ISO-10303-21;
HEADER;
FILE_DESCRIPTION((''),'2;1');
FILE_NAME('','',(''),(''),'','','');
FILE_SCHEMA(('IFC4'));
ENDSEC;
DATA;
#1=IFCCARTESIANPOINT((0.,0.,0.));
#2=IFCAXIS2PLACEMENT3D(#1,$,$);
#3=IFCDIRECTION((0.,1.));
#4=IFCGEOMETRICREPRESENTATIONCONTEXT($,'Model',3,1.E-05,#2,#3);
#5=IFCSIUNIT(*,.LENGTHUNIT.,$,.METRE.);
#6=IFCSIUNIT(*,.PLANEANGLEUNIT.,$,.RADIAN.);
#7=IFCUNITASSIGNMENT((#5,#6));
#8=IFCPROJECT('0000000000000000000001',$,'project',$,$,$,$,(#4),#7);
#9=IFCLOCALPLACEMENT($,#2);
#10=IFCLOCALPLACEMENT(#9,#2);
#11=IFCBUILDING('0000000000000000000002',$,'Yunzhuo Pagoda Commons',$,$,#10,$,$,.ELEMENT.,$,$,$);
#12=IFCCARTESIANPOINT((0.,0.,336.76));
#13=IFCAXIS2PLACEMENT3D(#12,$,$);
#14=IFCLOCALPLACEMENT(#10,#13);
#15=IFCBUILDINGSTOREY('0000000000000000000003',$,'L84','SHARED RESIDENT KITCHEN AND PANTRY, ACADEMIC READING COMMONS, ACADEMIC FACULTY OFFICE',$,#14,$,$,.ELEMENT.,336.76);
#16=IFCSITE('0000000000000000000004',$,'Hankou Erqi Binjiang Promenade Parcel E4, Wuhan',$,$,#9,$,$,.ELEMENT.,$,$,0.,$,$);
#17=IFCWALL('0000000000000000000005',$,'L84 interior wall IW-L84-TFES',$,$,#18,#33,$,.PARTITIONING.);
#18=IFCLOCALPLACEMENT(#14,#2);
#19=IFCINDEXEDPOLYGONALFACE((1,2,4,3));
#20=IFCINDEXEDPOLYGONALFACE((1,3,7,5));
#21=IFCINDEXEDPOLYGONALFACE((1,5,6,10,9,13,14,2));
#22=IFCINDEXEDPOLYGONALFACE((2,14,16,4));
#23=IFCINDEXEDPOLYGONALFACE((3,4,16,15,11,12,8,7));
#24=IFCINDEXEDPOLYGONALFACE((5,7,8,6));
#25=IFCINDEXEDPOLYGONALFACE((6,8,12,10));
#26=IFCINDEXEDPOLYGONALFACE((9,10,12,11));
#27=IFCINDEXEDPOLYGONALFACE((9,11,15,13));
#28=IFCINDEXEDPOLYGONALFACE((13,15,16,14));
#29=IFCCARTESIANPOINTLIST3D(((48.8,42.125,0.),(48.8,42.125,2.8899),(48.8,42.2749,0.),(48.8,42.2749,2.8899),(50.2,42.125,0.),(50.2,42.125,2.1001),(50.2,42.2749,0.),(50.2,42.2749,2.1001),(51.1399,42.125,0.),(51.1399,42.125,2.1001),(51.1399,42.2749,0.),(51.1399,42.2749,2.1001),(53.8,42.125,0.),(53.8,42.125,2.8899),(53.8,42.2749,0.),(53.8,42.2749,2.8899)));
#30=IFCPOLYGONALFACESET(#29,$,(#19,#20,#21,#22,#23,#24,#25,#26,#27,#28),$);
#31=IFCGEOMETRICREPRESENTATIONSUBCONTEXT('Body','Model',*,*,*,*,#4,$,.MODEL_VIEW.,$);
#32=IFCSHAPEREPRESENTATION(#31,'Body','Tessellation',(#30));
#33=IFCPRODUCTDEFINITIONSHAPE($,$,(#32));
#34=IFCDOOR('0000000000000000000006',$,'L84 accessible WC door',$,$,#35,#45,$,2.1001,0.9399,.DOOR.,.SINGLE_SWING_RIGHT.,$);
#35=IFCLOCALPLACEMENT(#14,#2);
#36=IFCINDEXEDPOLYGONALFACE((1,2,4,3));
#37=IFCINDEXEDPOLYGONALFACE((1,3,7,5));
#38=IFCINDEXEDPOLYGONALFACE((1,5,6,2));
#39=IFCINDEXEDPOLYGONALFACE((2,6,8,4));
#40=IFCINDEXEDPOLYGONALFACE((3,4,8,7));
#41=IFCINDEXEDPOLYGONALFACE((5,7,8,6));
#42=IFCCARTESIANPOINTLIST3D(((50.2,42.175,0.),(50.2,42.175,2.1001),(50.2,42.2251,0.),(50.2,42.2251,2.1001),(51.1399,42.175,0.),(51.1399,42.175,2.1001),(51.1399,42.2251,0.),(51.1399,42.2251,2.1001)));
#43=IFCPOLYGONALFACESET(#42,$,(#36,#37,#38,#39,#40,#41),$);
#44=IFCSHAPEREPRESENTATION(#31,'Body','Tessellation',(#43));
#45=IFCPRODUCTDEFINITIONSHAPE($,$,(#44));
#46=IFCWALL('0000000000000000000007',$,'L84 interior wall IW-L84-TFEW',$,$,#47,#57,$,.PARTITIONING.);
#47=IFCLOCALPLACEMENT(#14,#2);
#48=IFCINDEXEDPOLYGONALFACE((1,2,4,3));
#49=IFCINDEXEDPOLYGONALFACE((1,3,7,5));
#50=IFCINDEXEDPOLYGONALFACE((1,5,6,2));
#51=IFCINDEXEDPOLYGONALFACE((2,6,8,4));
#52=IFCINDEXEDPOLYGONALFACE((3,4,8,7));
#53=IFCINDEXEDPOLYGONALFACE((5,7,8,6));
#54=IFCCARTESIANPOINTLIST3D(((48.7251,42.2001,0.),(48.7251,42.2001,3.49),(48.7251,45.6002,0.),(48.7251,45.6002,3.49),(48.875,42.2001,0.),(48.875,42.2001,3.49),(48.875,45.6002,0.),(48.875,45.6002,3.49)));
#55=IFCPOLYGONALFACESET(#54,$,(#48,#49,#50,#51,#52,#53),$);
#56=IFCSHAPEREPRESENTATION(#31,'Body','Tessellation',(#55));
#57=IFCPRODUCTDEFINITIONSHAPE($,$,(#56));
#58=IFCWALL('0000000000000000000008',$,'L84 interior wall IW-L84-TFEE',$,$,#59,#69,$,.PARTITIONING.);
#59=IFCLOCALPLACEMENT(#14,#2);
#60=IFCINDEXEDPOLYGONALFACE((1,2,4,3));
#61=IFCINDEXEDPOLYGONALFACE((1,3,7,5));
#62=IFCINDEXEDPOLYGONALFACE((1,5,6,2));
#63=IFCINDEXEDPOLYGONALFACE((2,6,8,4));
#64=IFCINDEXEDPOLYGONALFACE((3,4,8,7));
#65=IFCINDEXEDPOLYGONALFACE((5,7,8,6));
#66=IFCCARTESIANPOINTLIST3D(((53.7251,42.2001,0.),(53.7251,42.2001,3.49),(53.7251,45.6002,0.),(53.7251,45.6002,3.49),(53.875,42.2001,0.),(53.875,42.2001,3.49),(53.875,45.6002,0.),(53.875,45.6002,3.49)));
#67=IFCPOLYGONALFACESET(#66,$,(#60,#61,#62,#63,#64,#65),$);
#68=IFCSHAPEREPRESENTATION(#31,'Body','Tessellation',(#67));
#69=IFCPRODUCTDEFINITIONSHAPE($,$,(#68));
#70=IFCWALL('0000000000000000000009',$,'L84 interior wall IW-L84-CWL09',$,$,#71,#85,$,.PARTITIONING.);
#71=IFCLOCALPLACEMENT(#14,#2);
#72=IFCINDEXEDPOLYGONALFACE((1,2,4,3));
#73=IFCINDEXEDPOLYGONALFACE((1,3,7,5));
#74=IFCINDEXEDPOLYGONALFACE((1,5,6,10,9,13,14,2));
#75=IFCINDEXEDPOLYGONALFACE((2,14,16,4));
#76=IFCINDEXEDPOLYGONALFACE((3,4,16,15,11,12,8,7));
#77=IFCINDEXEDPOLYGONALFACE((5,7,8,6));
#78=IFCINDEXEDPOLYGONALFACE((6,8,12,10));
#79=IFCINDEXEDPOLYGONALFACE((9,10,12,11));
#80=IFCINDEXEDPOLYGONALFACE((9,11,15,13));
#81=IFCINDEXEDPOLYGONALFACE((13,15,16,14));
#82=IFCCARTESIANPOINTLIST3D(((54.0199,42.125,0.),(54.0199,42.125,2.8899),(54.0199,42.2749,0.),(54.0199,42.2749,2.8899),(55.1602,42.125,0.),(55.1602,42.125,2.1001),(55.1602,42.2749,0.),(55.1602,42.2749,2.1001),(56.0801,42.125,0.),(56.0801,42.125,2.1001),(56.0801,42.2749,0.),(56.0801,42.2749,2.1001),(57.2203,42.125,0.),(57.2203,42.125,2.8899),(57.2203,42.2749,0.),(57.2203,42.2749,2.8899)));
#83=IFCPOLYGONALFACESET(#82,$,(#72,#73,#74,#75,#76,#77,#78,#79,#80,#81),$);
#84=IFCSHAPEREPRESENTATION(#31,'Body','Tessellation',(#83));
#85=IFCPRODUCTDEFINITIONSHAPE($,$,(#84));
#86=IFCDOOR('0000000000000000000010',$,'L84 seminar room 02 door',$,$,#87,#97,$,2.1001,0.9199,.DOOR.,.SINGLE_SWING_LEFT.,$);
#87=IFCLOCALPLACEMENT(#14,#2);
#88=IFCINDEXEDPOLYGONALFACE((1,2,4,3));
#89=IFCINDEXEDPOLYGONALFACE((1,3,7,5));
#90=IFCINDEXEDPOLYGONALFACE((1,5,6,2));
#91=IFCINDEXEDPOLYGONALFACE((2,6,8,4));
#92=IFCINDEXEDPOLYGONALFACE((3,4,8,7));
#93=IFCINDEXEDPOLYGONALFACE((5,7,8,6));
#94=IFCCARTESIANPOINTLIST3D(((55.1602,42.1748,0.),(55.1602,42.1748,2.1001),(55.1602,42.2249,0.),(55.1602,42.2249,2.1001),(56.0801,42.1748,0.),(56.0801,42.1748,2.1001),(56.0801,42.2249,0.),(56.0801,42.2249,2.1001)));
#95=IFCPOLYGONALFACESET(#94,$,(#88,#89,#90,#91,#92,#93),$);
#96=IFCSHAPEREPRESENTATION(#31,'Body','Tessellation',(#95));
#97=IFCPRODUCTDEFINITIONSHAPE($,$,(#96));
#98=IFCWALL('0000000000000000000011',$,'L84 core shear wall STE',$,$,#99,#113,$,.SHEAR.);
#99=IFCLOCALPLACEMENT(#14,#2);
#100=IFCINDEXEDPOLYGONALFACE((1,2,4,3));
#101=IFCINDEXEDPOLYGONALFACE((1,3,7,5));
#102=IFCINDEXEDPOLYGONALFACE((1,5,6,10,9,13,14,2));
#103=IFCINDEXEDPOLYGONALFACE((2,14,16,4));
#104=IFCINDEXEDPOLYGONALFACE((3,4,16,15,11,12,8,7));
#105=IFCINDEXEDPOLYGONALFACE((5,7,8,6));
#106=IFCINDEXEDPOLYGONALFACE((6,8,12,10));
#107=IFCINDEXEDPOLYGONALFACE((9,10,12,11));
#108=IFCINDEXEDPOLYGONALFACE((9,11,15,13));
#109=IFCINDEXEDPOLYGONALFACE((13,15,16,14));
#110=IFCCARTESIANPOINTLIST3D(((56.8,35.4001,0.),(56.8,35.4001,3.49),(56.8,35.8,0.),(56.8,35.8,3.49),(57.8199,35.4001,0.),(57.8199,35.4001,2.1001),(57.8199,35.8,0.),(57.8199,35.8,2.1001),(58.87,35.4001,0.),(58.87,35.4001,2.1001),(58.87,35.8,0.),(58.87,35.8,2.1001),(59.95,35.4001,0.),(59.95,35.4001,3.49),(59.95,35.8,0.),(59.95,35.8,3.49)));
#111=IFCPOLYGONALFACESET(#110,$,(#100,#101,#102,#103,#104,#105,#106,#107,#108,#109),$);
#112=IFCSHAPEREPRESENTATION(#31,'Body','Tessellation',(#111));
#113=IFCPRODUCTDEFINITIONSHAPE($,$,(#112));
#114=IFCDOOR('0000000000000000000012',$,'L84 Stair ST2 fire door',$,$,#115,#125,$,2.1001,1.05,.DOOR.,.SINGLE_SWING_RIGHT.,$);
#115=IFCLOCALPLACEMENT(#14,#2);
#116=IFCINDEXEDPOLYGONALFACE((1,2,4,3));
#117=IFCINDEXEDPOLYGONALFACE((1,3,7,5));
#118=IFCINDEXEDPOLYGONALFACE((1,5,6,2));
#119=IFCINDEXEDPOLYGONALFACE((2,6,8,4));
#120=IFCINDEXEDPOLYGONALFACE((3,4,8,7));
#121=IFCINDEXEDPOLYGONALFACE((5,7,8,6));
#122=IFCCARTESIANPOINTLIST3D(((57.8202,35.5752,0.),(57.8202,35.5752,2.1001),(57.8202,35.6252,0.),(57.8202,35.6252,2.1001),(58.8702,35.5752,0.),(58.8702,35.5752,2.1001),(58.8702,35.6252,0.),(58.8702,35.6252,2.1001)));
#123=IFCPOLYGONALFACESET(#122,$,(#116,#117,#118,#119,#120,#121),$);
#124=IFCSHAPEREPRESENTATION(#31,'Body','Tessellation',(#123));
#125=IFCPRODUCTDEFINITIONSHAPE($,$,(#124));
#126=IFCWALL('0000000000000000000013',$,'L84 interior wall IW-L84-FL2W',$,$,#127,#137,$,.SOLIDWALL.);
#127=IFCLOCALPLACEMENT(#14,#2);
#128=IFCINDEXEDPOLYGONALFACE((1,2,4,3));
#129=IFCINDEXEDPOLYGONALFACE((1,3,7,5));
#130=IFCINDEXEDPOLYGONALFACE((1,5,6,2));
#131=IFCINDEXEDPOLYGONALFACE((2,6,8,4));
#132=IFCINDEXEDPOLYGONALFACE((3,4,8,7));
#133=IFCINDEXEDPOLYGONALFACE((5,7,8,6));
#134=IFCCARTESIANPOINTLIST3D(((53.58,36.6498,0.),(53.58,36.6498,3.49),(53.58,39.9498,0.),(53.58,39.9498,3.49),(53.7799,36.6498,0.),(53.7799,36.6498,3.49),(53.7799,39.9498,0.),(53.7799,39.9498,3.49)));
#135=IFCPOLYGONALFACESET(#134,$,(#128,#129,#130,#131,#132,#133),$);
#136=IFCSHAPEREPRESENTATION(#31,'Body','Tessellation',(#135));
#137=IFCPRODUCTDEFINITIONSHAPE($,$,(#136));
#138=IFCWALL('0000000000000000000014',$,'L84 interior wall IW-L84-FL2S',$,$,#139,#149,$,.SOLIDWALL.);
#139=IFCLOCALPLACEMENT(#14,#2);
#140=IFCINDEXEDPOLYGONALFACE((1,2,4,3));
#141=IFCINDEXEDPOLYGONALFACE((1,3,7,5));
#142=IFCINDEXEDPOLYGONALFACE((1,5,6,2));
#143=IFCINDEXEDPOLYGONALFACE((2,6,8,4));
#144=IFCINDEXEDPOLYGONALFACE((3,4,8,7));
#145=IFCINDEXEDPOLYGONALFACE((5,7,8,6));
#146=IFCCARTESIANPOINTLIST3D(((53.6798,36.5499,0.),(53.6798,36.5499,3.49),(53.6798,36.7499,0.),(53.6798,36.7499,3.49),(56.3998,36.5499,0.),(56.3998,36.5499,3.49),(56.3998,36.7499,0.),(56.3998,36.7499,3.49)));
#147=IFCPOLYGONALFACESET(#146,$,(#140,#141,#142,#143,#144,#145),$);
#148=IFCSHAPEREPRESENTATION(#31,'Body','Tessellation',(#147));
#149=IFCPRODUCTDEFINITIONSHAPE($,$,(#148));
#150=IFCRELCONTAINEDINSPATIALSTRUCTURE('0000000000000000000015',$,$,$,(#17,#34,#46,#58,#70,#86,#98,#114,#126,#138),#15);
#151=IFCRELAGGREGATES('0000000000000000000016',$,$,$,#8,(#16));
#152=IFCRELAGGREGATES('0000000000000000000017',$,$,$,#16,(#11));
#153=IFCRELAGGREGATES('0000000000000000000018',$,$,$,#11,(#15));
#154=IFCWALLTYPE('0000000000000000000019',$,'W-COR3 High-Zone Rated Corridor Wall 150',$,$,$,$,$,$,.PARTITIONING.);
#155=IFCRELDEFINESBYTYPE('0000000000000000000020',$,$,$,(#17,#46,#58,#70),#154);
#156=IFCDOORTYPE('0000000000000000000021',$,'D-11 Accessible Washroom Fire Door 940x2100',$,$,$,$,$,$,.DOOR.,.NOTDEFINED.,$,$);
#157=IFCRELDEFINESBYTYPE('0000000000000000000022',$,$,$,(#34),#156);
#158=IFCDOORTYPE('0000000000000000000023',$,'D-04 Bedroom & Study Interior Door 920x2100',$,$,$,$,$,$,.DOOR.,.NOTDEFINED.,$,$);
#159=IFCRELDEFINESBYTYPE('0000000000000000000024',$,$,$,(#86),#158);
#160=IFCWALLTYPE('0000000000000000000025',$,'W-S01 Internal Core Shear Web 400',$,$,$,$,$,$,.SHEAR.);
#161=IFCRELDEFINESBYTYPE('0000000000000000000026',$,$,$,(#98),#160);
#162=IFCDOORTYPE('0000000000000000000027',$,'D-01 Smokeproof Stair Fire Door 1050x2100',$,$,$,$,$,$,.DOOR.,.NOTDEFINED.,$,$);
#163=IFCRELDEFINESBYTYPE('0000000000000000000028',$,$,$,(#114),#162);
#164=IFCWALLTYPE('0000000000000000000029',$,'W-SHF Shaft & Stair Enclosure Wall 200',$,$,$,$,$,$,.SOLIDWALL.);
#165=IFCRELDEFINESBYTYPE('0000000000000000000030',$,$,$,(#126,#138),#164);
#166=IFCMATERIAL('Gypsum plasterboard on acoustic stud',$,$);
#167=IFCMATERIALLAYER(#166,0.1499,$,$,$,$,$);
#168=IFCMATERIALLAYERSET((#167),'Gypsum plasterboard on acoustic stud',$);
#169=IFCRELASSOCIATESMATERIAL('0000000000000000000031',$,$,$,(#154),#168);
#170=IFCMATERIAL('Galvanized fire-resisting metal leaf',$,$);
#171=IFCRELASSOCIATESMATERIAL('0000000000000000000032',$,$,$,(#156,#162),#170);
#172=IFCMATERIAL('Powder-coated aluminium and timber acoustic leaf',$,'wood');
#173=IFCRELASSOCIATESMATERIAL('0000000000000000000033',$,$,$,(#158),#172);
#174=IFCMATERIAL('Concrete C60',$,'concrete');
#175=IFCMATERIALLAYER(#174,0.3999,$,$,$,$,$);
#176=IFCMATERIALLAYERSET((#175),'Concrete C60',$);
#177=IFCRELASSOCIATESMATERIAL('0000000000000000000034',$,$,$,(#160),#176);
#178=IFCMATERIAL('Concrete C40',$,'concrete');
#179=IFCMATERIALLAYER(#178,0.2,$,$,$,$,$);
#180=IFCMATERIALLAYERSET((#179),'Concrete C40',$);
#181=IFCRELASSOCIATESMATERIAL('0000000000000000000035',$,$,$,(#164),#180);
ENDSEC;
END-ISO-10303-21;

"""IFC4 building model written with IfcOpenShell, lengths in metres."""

from ifc_helpers import new_model, si_unit, direction, frame, frame_2d, origin, origin_with_axes, place, context, subcontext, project, spatial, rectangle, extrude, source, transform, mapped, material, layer, layer_set, type_object, element, fill, save


model = new_model("IFC4")

# Units and contexts
model_context = context("Model", 3, precision=1e-05, world=origin(), true_north=direction((0.0, 1.0)))
body_context = subcontext(model_context, "Body", "Model", "MODEL_VIEW")
ifc_project = project(units=[si_unit("LENGTHUNIT", "METRE"), si_unit("PLANEANGLEUNIT", "RADIAN")], contexts=[model_context])

# Site, building, storey
site_placement = place(None, origin())
site = spatial("IfcSite", under=ifc_project, at=site_placement, Name="Hankou Erqi Binjiang Promenade Parcel E4, Wuhan", CompositionType="ELEMENT", RefElevation=0.0)
building_placement = place(site_placement, origin())
building = spatial("IfcBuilding", under=site, at=building_placement, Name="Yunzhuo Pagoda Commons", CompositionType="ELEMENT")
storey_placement = place(building_placement, frame((0.0, 0.0, 336.76)))
storey = spatial("IfcBuildingStorey", under=building, at=storey_placement, Name="L84", Description="SHARED RESIDENT KITCHEN AND PANTRY, ACADEMIC READING COMMONS, ACADEMIC FACULTY OFFICE", CompositionType="ELEMENT", Elevation=336.76)

# Shared definitions
ifc_material_1 = material(Name="Galvanized fire-resisting metal leaf")
shared_shape_1 = source(origin(), body_context, "Body", "SweptSolid", [
    extrude(rectangle(XDim=1.05, YDim=2.1001, at=frame_2d((0.5249, 1.05))), frame((0.0, 0.0249, 0.0), z_axis=(0.0, -1.0, 0.0), x_axis=(1.0, 0.0, 0.0)), (0.0, 0.0, 1.0), 0.05),
])

# Shared definitions
ifc_material_2 = material(Name="Gypsum plasterboard on acoustic stud")
ifc_layer_1 = layer(ifc_material_2, 0.1499)
ifc_layer_set_1 = layer_set([ifc_layer_1], Name="Gypsum plasterboard on acoustic stud")
wall_type_1 = type_object("IfcWallType", Name="W-COR3 High-Zone Rated Corridor Wall 150", PredefinedType="PARTITIONING", material=ifc_layer_set_1)

# Wall, opening, door
wall_1_placement = place(storey_placement, frame((48.8, 42.2, 0.0), z_axis=(0.0, 0.0, 1.0), x_axis=(1.0, 0.0, 0.0)))
wall_1 = element("IfcWall", 1, at=wall_1_placement, inside=storey, type_object=wall_type_1, Name="L84 interior wall IW-L84-TFES", PredefinedType="PARTITIONING", context=body_context, shape_type="SweptSolid", body=[
    extrude(rectangle(XDim=5.0, YDim=0.1499, at=frame_2d((2.5, 0.0))), origin(), (0.0, 0.0, 1.0), 2.8899),
])
opening_1_placement = place(wall_1_placement, frame((1.3999, 0.0, 0.0)))
opening_1 = element("IfcOpeningElement", 2, at=opening_1_placement, cuts=wall_1, PredefinedType="OPENING", context=body_context, shape_type="SweptSolid", body=[
    extrude(rectangle(XDim=0.9399, YDim=2.1001, at=frame_2d((0.47, 1.05))), frame((0.0, 0.085, 0.0), z_axis=(0.0, -1.0, 0.0), x_axis=(1.0, 0.0, 0.0)), (0.0, 0.0, 1.0), 0.1699),
])
door_type_1 = type_object("IfcDoorType", Name="D-11 Accessible Washroom Fire Door 940x2100", OperationType="NOTDEFINED", PredefinedType="DOOR", material=ifc_material_1)
shared_shape_2 = source(origin(), body_context, "Body", "SweptSolid", [
    extrude(rectangle(XDim=0.9399, YDim=2.1001, at=frame_2d((0.47, 1.05))), frame((0.0, 0.0249, 0.0), z_axis=(0.0, -1.0, 0.0), x_axis=(1.0, 0.0, 0.0)), (0.0, 0.0, 1.0), 0.05),
])
door_1_placement = place(opening_1_placement, frame((0.9399, 0.0, 0.0), z_axis=(0.0, 0.0, 1.0), x_axis=(-1.0, 0.0, 0.0)))
door_1 = element("IfcDoor", 3, at=door_1_placement, inside=storey, type_object=door_type_1, Name="L84 accessible WC door", OperationType="SINGLE_SWING_RIGHT", OverallHeight=2.1001, OverallWidth=0.9399, PredefinedType="DOOR", context=body_context, shape_type="MappedRepresentation", body=[
    mapped(shared_shape_2, transform((0.0, 0.0, 0.0), scale=1.0)),
])
fill(opening_1, door_1)

# Walls
for number, where, z_axis, x_axis, name in (
    (4, (48.8, 42.2, 0.0), (0.0, 0.0, 1.0), (0.0, 1.0, 0.0), "L84 interior wall IW-L84-TFEW"),
    (5, (53.8, 42.2, 0.0), (0.0, 0.0, 1.0), (0.0, 1.0, 0.0), "L84 interior wall IW-L84-TFEE"),
):
    element("IfcWall", number, at=place(storey_placement, frame(where, z_axis=z_axis, x_axis=x_axis)), inside=storey, type_object=wall_type_1, Name=name, PredefinedType="PARTITIONING", context=body_context, shape_type="SweptSolid", body=[
        extrude(rectangle(XDim=3.4001, YDim=0.1499, at=frame_2d((1.7002, 0.0))), origin(), (0.0, 0.0, 1.0), 3.49),
    ])

# Walls, openings, doors
wall_2_placement = place(storey_placement, frame((54.02, 42.2, 0.0), z_axis=(0.0, 0.0, 1.0), x_axis=(1.0, 0.0, 0.0)))
wall_2 = element("IfcWall", 6, at=wall_2_placement, inside=storey, type_object=wall_type_1, Name="L84 interior wall IW-L84-CWL09", PredefinedType="PARTITIONING", context=body_context, shape_type="SweptSolid", body=[
    extrude(rectangle(XDim=3.2004, YDim=0.1499, at=frame_2d((1.6001, 0.0))), origin(), (0.0, 0.0, 1.0), 2.8899),
])
opening_2_placement = place(wall_2_placement, frame((1.1401, 0.0, 0.0)))
opening_2 = element("IfcOpeningElement", 7, at=opening_2_placement, cuts=wall_2, PredefinedType="OPENING", context=body_context, shape_type="SweptSolid", body=[
    extrude(rectangle(XDim=0.9199, YDim=2.1001, at=frame_2d((0.46, 1.05))), frame((0.0, 0.085, 0.0), z_axis=(0.0, -1.0, 0.0), x_axis=(1.0, 0.0, 0.0)), (0.0, 0.0, 1.0), 0.1699),
])
ifc_material_3 = material(Name="Powder-coated aluminium and timber acoustic leaf", Category="wood")
door_type_2 = type_object("IfcDoorType", Name="D-04 Bedroom & Study Interior Door 920x2100", OperationType="NOTDEFINED", PredefinedType="DOOR", material=ifc_material_3)
shared_shape_3 = source(origin(), body_context, "Body", "SweptSolid", [
    extrude(rectangle(XDim=0.9199, YDim=2.1001, at=frame_2d((0.46, 1.05))), frame((0.0, 0.0249, 0.0), z_axis=(0.0, -1.0, 0.0), x_axis=(1.0, 0.0, 0.0)), (0.0, 0.0, 1.0), 0.05),
])
door_2_placement = place(opening_2_placement, origin_with_axes())
door_2 = element("IfcDoor", 8, at=door_2_placement, inside=storey, type_object=door_type_2, Name="L84 seminar room 02 door", OperationType="SINGLE_SWING_LEFT", OverallHeight=2.1001, OverallWidth=0.9199, PredefinedType="DOOR", context=body_context, shape_type="MappedRepresentation", body=[
    mapped(shared_shape_3, transform((0.0, 0.0, 0.0), scale=1.0)),
])
fill(opening_2, door_2)
ifc_material_4 = material(Name="Concrete C60", Category="concrete")
ifc_layer_2 = layer(ifc_material_4, 0.3999)
ifc_layer_set_2 = layer_set([ifc_layer_2], Name="Concrete C60")
wall_type_2 = type_object("IfcWallType", Name="W-S01 Internal Core Shear Web 400", PredefinedType="SHEAR", material=ifc_layer_set_2)
wall_3_placement = place(storey_placement, frame((56.8, 35.6001, 0.0), z_axis=(0.0, 0.0, 1.0), x_axis=(1.0, 0.0, 0.0)))
wall_3 = element("IfcWall", 9, at=wall_3_placement, inside=storey, type_object=wall_type_2, Name="L84 core shear wall STE", PredefinedType="SHEAR", context=body_context, shape_type="SweptSolid", body=[
    extrude(rectangle(XDim=3.1499, YDim=0.3999, at=frame_2d((1.575, 0.0))), origin(), (0.0, 0.0, 1.0), 3.49),
])
opening_3_placement = place(wall_3_placement, frame((1.02, 0.0, 0.0)))
opening_3 = element("IfcOpeningElement", 10, at=opening_3_placement, cuts=wall_3, PredefinedType="OPENING", context=body_context, shape_type="SweptSolid", body=[
    extrude(rectangle(XDim=1.05, YDim=2.1001, at=frame_2d((0.5249, 1.05))), frame((0.0, 0.21, 0.0), z_axis=(0.0, -1.0, 0.0), x_axis=(1.0, 0.0, 0.0)), (0.0, 0.0, 1.0), 0.4199),
])
door_type_3 = type_object("IfcDoorType", Name="D-01 Smokeproof Stair Fire Door 1050x2100", OperationType="NOTDEFINED", PredefinedType="DOOR", material=ifc_material_1)
door_3_placement = place(opening_3_placement, frame((1.05, 0.0, 0.0), z_axis=(0.0, 0.0, 1.0), x_axis=(-1.0, 0.0, 0.0)))
door_3 = element("IfcDoor", 11, at=door_3_placement, inside=storey, type_object=door_type_3, Name="L84 Stair ST2 fire door", OperationType="SINGLE_SWING_RIGHT", OverallHeight=2.1001, OverallWidth=1.05, PredefinedType="DOOR", context=body_context, shape_type="MappedRepresentation", body=[
    mapped(shared_shape_1, transform((0.0, 0.0, 0.0), scale=1.0)),
])
fill(opening_3, door_3)

# Walls
ifc_material_5 = material(Name="Concrete C40", Category="concrete")
ifc_layer_3 = layer(ifc_material_5, 0.2)
ifc_layer_set_3 = layer_set([ifc_layer_3], Name="Concrete C40")
wall_type_3 = type_object("IfcWallType", Name="W-SHF Shaft & Stair Enclosure Wall 200", PredefinedType="SOLIDWALL", material=ifc_layer_set_3)
wall_4_placement = place(storey_placement, frame((53.6799, 36.6499, 0.0), z_axis=(0.0, 0.0, 1.0), x_axis=(0.0, 1.0, 0.0)))
element("IfcWall", 12, at=wall_4_placement, inside=storey, type_object=wall_type_3, Name="L84 interior wall IW-L84-FL2W", PredefinedType="SOLIDWALL", context=body_context, shape_type="SweptSolid", body=[
    extrude(rectangle(XDim=3.3, YDim=0.2, at=frame_2d((1.6499, 0.0))), origin(), (0.0, 0.0, 1.0), 3.49),
])
wall_5_placement = place(storey_placement, frame((53.6799, 36.6499, 0.0), z_axis=(0.0, 0.0, 1.0), x_axis=(1.0, 0.0, 0.0)))
element("IfcWall", 13, at=wall_5_placement, inside=storey, type_object=wall_type_3, Name="L84 interior wall IW-L84-FL2S", PredefinedType="SOLIDWALL", context=body_context, shape_type="SweptSolid", body=[
    extrude(rectangle(XDim=2.72, YDim=0.2, at=frame_2d((1.3599, 0.0))), origin(), (0.0, 0.0, 1.0), 3.49),
])

save(model, "model.ifc")
